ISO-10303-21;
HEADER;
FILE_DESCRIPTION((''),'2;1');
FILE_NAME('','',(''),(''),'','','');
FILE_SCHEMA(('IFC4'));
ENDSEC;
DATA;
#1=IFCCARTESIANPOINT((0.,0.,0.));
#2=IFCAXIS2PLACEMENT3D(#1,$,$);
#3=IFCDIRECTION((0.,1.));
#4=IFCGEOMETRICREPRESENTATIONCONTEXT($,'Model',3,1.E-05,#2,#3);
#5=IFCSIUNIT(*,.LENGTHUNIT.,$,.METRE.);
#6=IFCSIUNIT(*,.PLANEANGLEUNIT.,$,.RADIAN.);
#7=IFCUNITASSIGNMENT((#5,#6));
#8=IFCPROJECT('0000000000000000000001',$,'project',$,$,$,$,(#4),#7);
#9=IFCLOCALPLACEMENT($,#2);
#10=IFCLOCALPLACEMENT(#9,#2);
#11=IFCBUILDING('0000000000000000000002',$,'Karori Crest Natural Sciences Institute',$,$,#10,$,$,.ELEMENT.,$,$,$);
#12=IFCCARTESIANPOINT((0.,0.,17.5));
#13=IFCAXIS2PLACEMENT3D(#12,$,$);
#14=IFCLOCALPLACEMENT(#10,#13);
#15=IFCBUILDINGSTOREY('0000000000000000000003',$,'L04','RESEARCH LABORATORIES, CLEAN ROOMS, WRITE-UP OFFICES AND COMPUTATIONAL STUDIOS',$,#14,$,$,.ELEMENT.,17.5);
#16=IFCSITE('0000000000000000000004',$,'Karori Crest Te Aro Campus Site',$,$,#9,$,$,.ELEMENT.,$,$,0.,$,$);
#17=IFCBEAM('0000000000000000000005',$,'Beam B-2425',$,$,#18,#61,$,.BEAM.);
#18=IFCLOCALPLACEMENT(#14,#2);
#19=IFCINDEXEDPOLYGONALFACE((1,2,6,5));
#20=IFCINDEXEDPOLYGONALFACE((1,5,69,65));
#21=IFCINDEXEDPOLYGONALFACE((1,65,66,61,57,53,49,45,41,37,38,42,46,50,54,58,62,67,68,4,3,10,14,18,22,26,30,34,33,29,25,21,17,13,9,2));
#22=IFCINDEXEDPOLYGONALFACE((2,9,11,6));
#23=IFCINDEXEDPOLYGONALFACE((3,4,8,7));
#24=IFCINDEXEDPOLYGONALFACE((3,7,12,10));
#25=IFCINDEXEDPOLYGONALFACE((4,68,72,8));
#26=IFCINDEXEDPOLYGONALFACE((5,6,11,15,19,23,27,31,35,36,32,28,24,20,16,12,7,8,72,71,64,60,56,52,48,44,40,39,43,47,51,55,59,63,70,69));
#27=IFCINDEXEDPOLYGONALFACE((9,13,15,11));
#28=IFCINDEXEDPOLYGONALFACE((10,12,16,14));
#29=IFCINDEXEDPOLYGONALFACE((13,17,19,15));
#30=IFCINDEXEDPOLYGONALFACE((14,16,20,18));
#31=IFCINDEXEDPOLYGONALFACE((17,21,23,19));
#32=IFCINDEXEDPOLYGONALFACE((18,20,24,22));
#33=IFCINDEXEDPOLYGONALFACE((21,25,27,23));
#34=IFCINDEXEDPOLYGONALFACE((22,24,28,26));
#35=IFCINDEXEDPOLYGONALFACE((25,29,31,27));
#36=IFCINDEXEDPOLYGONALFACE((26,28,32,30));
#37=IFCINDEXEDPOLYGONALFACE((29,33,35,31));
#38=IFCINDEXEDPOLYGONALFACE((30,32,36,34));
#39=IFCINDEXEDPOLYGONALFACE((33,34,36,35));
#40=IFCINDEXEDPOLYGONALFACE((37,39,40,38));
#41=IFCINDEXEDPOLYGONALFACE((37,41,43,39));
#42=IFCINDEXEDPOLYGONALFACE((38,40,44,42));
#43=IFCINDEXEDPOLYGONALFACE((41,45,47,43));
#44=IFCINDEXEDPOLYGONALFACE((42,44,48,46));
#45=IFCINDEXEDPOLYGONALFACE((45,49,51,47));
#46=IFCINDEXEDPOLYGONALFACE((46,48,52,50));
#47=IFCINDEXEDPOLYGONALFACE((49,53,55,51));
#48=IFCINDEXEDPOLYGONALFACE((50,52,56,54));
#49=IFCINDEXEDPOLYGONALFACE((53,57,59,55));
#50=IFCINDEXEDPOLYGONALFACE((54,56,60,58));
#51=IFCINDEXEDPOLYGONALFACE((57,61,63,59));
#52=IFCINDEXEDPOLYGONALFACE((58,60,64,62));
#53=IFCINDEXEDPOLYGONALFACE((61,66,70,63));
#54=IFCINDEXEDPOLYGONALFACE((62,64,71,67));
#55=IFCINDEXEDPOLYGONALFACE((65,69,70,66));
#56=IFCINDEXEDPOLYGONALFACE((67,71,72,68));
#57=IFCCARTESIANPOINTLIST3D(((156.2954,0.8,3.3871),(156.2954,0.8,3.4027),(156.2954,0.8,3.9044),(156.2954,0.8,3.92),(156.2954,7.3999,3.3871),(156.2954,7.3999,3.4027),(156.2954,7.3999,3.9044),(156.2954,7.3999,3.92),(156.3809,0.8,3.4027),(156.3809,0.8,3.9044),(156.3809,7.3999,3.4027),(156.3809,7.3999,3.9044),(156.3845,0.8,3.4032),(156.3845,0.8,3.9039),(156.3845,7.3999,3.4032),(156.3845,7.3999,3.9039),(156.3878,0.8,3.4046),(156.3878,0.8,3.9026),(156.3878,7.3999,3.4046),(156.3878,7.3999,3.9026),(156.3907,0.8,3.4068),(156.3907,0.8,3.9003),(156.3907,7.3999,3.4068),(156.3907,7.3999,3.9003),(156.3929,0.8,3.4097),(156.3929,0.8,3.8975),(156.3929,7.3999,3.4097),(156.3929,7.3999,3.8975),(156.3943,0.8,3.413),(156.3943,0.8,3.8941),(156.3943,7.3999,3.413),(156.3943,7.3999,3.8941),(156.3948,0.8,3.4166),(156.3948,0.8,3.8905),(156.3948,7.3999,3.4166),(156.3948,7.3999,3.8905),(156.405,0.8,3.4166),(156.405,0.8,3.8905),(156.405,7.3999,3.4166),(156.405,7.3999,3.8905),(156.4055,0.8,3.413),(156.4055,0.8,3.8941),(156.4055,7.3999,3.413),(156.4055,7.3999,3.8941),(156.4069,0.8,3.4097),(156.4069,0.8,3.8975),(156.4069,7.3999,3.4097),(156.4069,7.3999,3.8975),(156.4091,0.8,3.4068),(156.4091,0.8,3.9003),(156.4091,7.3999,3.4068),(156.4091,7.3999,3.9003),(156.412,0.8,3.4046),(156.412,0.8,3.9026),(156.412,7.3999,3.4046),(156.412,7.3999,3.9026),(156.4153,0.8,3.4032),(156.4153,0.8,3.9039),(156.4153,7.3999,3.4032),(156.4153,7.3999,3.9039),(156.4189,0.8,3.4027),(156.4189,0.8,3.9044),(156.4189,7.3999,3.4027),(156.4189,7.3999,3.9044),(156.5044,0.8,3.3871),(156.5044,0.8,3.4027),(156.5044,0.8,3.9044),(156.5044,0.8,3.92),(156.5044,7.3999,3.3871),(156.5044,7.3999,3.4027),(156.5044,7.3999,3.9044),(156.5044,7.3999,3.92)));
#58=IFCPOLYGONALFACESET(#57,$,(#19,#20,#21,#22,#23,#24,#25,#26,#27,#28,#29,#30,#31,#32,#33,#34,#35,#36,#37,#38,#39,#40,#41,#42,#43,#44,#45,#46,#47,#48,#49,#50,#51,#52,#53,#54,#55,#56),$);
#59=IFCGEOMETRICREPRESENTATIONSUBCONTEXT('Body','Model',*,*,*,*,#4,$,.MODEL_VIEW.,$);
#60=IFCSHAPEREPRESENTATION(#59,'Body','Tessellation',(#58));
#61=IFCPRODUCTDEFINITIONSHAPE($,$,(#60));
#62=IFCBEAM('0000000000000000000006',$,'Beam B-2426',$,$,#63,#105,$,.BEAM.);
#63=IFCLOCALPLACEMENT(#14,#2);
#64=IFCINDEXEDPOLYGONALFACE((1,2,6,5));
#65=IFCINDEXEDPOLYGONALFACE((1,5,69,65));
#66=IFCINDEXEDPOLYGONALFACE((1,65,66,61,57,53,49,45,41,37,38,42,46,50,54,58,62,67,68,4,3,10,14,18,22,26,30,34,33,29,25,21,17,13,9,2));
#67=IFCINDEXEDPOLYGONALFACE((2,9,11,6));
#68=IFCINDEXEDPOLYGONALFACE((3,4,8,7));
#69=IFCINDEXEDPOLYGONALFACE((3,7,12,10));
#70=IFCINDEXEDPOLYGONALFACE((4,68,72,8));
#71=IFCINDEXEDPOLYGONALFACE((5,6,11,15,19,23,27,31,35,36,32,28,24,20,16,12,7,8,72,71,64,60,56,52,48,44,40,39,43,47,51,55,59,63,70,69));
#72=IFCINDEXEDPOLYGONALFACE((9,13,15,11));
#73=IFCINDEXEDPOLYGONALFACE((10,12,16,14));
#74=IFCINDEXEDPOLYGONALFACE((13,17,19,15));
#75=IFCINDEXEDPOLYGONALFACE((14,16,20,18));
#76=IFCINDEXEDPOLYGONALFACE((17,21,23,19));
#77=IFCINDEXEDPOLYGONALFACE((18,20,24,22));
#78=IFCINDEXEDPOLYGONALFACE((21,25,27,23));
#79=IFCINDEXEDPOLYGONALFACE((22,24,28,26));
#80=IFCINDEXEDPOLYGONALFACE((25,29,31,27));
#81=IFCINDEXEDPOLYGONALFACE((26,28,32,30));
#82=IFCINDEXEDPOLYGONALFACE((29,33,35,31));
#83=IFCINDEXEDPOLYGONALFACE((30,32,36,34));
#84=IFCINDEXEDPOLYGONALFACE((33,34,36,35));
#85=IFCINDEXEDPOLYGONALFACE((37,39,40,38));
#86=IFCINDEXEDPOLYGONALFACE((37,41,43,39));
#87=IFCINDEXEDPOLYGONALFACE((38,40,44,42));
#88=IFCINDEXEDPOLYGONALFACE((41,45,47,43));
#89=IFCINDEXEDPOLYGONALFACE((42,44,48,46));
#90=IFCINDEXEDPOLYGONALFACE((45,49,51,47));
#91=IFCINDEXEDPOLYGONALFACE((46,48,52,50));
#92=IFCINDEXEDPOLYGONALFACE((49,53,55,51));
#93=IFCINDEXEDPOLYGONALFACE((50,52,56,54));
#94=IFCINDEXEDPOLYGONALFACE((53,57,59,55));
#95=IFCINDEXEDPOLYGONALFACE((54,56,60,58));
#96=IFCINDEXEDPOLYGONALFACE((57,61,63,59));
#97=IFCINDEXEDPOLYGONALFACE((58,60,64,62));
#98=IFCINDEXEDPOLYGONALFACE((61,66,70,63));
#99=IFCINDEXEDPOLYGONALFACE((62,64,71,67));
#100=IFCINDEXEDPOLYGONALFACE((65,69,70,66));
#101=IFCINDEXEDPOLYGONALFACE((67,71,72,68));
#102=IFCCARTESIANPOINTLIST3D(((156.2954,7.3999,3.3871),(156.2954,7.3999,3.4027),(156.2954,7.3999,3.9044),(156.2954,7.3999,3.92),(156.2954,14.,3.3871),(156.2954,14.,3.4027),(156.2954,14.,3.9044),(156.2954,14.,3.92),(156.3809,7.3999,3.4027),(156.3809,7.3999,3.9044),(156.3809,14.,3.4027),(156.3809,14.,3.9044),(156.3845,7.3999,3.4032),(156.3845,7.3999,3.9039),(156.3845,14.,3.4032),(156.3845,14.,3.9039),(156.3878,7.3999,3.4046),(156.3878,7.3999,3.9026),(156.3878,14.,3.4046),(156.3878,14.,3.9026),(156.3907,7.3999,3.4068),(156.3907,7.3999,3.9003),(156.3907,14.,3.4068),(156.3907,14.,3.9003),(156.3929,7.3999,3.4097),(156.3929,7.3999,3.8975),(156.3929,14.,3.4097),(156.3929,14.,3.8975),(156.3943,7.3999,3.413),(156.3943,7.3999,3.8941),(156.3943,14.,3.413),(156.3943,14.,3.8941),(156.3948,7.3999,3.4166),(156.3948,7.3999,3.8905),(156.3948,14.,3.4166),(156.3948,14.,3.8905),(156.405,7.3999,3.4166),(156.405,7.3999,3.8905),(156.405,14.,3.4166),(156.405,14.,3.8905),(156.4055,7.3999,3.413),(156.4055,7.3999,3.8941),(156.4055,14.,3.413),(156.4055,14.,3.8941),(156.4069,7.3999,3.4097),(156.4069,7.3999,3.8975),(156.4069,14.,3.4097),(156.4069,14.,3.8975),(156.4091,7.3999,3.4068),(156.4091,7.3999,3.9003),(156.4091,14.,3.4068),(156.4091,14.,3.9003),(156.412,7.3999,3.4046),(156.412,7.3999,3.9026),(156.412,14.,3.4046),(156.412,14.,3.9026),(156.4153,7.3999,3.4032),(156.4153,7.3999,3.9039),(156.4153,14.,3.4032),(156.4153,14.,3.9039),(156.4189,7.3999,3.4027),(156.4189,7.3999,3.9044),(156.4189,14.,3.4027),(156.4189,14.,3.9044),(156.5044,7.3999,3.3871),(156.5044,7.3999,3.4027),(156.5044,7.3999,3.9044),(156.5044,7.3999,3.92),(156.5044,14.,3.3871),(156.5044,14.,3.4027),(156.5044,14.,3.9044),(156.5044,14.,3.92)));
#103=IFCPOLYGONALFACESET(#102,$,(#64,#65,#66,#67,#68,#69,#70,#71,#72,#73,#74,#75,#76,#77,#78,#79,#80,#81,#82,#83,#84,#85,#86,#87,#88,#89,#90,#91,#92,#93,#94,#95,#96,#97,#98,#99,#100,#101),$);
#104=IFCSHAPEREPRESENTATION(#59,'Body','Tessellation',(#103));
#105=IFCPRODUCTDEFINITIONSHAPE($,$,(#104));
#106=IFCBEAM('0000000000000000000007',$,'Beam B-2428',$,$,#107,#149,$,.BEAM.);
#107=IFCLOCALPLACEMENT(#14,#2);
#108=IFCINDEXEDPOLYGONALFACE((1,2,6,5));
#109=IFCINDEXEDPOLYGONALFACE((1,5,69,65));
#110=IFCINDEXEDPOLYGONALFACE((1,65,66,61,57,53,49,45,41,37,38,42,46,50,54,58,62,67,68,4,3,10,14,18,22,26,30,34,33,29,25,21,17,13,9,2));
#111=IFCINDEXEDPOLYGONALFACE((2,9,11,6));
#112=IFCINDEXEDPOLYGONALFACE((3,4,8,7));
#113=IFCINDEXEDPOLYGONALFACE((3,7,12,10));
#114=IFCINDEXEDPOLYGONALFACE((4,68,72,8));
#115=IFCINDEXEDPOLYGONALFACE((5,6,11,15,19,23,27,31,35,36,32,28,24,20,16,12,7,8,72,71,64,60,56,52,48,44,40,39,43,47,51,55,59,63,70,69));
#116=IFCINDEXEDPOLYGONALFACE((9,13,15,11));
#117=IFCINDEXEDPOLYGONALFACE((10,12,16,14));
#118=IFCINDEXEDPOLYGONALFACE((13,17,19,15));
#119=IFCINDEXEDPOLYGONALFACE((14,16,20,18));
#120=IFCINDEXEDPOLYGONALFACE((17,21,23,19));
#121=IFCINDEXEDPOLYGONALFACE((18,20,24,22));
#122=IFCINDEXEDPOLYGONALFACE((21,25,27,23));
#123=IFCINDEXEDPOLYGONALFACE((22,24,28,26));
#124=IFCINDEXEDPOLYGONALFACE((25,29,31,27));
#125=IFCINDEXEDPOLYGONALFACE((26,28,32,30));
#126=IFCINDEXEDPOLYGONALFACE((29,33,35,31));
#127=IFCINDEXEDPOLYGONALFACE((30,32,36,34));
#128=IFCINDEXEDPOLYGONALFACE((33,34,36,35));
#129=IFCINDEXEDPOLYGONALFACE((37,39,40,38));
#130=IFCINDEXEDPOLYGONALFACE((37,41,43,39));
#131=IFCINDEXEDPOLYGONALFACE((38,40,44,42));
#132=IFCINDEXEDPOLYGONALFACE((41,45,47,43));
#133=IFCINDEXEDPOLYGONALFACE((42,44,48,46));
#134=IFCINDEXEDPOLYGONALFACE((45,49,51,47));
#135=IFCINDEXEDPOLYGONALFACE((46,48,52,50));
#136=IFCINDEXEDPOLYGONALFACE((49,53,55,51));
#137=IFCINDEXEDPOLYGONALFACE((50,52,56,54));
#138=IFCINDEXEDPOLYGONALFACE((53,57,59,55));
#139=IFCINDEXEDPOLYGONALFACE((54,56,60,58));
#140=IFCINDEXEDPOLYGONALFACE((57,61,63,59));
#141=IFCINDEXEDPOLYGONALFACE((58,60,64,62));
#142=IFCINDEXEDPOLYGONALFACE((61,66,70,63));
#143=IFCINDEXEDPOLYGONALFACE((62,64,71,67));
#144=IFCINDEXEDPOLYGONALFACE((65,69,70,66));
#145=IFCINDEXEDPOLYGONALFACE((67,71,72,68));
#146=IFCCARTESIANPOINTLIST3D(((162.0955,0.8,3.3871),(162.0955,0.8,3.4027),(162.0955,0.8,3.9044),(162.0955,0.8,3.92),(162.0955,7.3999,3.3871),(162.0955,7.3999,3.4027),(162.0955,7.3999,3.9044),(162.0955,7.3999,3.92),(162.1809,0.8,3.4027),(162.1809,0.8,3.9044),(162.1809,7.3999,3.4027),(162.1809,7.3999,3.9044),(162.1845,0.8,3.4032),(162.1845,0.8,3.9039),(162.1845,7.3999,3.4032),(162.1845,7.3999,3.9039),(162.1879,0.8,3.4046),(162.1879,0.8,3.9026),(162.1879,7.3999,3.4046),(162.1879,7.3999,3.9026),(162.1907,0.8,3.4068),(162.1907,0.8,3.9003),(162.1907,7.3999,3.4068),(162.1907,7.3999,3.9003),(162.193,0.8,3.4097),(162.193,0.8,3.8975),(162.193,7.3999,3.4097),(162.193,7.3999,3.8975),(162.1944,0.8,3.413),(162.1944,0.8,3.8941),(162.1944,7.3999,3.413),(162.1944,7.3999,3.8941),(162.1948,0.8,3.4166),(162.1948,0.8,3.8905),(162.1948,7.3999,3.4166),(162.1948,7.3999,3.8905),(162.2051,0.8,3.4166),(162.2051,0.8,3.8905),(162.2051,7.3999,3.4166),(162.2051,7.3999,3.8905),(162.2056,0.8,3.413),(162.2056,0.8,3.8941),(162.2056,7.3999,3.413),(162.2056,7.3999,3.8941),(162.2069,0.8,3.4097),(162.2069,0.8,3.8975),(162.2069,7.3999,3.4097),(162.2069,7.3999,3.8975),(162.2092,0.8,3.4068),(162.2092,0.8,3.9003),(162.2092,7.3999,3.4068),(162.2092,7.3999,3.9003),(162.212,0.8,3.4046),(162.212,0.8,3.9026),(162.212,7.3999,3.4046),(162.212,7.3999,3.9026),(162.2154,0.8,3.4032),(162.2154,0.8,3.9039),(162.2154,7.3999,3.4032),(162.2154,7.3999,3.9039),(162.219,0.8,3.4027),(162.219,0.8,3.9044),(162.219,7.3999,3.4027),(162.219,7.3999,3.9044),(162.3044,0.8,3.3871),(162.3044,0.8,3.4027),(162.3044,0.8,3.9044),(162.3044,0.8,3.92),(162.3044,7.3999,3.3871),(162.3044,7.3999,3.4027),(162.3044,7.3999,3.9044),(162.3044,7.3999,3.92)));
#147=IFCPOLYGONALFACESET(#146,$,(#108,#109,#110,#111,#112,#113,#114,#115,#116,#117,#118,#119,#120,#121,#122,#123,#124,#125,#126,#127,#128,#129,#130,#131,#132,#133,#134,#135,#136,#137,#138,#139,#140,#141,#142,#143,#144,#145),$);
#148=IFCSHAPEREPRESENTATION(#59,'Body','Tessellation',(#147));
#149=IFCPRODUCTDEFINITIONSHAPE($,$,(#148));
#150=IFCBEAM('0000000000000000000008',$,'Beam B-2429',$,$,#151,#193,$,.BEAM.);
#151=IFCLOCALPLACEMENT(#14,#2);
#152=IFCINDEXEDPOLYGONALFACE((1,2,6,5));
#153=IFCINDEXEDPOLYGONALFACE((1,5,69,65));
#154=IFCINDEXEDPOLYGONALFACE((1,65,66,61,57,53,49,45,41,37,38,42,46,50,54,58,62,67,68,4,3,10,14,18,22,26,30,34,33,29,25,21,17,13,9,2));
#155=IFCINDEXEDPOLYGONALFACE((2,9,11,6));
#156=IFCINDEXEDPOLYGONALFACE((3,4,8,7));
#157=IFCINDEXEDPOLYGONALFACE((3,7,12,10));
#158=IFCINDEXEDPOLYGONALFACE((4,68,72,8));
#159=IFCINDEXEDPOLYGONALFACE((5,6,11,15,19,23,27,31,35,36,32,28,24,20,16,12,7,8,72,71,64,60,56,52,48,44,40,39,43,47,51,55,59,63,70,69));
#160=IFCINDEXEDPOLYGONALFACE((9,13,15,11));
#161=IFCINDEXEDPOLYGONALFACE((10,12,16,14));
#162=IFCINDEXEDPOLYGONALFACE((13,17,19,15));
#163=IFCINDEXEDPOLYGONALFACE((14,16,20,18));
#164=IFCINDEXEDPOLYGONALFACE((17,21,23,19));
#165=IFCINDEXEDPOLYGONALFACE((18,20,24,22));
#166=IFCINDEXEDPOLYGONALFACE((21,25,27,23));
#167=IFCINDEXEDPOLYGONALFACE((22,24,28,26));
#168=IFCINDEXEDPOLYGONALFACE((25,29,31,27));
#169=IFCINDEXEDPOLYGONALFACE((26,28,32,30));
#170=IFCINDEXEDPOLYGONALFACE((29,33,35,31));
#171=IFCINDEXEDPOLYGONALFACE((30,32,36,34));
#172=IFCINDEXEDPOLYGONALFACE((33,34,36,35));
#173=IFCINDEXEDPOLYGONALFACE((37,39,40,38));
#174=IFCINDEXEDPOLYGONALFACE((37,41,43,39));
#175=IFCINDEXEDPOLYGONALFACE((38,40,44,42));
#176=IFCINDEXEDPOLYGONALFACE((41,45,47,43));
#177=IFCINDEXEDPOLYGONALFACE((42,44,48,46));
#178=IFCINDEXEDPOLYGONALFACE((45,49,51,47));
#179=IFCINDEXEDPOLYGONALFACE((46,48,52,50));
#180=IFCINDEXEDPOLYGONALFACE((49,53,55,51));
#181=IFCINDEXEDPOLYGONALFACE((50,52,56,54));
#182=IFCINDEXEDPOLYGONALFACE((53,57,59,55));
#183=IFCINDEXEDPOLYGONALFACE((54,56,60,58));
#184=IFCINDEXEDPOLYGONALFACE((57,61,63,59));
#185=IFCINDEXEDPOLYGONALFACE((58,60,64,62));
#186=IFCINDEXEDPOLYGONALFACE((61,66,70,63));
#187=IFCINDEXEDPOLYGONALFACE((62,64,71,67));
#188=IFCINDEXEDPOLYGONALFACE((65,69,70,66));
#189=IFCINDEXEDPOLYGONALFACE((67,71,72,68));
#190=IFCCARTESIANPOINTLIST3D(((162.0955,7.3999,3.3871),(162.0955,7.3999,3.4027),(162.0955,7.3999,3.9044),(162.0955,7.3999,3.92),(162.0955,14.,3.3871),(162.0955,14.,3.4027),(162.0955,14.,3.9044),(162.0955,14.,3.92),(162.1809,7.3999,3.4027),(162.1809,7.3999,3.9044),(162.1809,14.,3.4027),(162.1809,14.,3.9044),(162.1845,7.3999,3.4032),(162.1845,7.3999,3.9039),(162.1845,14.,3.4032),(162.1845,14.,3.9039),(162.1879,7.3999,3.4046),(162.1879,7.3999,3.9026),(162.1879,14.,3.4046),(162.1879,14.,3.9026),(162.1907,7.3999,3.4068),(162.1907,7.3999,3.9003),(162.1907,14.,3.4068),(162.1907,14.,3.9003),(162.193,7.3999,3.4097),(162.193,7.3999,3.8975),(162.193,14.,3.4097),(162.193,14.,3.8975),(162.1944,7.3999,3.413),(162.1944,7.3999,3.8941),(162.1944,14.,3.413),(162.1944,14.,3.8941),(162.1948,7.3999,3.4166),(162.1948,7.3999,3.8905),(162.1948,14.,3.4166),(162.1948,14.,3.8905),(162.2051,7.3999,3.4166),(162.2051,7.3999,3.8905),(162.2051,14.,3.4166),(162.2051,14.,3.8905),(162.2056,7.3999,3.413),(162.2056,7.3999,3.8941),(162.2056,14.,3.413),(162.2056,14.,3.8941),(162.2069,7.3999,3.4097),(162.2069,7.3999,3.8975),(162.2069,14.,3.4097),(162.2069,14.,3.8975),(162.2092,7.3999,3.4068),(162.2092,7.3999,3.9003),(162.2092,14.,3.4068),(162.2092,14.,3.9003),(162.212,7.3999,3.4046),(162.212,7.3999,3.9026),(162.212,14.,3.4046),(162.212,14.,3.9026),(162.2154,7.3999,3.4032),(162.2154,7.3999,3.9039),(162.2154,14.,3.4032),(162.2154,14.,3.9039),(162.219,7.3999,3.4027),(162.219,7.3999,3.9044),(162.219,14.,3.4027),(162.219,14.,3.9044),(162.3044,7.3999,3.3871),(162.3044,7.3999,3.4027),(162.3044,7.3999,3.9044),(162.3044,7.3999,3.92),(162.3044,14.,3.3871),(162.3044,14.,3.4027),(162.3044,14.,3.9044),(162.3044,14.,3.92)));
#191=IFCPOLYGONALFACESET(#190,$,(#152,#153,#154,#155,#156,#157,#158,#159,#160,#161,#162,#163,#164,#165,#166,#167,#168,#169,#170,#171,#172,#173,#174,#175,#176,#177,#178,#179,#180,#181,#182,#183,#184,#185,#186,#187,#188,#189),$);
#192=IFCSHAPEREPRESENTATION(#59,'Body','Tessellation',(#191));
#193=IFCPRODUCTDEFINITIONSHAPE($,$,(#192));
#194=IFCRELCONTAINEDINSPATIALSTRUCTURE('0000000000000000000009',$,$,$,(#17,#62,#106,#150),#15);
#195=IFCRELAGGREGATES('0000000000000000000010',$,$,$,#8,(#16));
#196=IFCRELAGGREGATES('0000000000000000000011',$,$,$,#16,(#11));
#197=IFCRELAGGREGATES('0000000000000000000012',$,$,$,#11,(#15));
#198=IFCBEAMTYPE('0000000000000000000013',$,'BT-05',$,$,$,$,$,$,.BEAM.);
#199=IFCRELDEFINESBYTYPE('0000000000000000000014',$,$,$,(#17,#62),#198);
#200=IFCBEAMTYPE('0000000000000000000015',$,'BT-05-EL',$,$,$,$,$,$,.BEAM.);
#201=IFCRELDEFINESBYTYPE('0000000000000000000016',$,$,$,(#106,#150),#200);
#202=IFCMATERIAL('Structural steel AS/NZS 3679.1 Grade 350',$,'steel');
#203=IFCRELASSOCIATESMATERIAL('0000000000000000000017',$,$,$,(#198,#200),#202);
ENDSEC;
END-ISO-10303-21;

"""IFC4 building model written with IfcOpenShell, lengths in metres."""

from ifc_helpers import new_model, si_unit, direction, frame, origin, origin_2d, place, context, subcontext, project, spatial, i_section, extrude, material, material_profile, profile_set, type_object, element, save


model = new_model("IFC4")

# Units and contexts
model_context = context("Model", 3, precision=1e-05, world=origin(), true_north=direction((0.0, 1.0)))
body_context = subcontext(model_context, "Body", "Model", "MODEL_VIEW")
ifc_project = project(units=[si_unit("LENGTHUNIT", "METRE"), si_unit("PLANEANGLEUNIT", "RADIAN")], contexts=[model_context])

# Site, building, storey
site_placement = place(None, origin())
site = spatial("IfcSite", under=ifc_project, at=site_placement, Name="Karori Crest Te Aro Campus Site", CompositionType="ELEMENT", RefElevation=0.0)
building_placement = place(site_placement, origin())
building = spatial("IfcBuilding", under=site, at=building_placement, Name="Karori Crest Natural Sciences Institute", CompositionType="ELEMENT")
storey_placement = place(building_placement, frame((0.0, 0.0, 17.5)))
storey = spatial("IfcBuildingStorey", under=building, at=storey_placement, Name="L04", Description="RESEARCH LABORATORIES, CLEAN ROOMS, WRITE-UP OFFICES AND COMPUTATIONAL STUDIOS", CompositionType="ELEMENT", Elevation=17.5)

# Shared definitions
ifc_material_1 = material(Name="Structural steel AS/NZS 3679.1 Grade 350", Category="steel")

# Beams
ifc_material_profile_1 = material_profile(ifc_material_1, i_section(OverallWidth=0.209, OverallDepth=0.533, WebThickness=0.0103, FlangeThickness=0.0156, FilletRadius=0.0139, at=origin_2d()), Name="530UB92.4")
ifc_profile_set_1 = profile_set([ifc_material_profile_1], Name="Structural steel AS/NZS 3679.1 Grade 350")
beam_type_1 = type_object("IfcBeamType", Name="BT-05", PredefinedType="BEAM", material=ifc_profile_set_1)
beam_1_placement = place(storey_placement, frame((156.3999, 0.8, 3.6536), z_axis=(0.0, 1.0, 0.0), x_axis=(-1.0, 0.0, 0.0)))
element("IfcBeam", 1, at=beam_1_placement, inside=storey, type_object=beam_type_1, Name="Beam B-2425", PredefinedType="BEAM", context=body_context, shape_type="SweptSolid", body=[
    extrude(i_section(OverallWidth=0.209, OverallDepth=0.533, WebThickness=0.0103, FlangeThickness=0.0156, FilletRadius=0.0139, at=origin_2d()), origin(), (0.0, 0.0, 1.0), 6.5999),
])
beam_2_placement = place(storey_placement, frame((156.3999, 7.3999, 3.6536), z_axis=(0.0, 1.0, 0.0), x_axis=(-1.0, 0.0, 0.0)))
element("IfcBeam", 2, at=beam_2_placement, inside=storey, type_object=beam_type_1, Name="Beam B-2426", PredefinedType="BEAM", context=body_context, shape_type="SweptSolid", body=[
    extrude(i_section(OverallWidth=0.209, OverallDepth=0.533, WebThickness=0.0103, FlangeThickness=0.0156, FilletRadius=0.0139, at=origin_2d()), origin(), (0.0, 0.0, 1.0), 6.6001),
])
ifc_material_profile_2 = material_profile(ifc_material_1, i_section(OverallWidth=0.209, OverallDepth=0.533, WebThickness=0.0103, FlangeThickness=0.0156, FilletRadius=0.0139, at=origin_2d()), Name="530UB92.4")
ifc_profile_set_2 = profile_set([ifc_material_profile_2], Name="Structural steel AS/NZS 3679.1 Grade 350")
beam_type_2 = type_object("IfcBeamType", Name="BT-05-EL", PredefinedType="BEAM", material=ifc_profile_set_2)
beam_3_placement = place(storey_placement, frame((162.2, 0.8, 3.6536), z_axis=(0.0, 1.0, 0.0), x_axis=(-1.0, 0.0, 0.0)))
element("IfcBeam", 3, at=beam_3_placement, inside=storey, type_object=beam_type_2, Name="Beam B-2428", PredefinedType="BEAM", context=body_context, shape_type="SweptSolid", body=[
    extrude(i_section(OverallWidth=0.209, OverallDepth=0.533, WebThickness=0.0103, FlangeThickness=0.0156, FilletRadius=0.0139, at=origin_2d()), origin(), (0.0, 0.0, 1.0), 6.5999),
])
beam_4_placement = place(storey_placement, frame((162.2, 7.3999, 3.6536), z_axis=(0.0, 1.0, 0.0), x_axis=(-1.0, 0.0, 0.0)))
element("IfcBeam", 4, at=beam_4_placement, inside=storey, type_object=beam_type_2, Name="Beam B-2429", PredefinedType="BEAM", context=body_context, shape_type="SweptSolid", body=[
    extrude(i_section(OverallWidth=0.209, OverallDepth=0.533, WebThickness=0.0103, FlangeThickness=0.0156, FilletRadius=0.0139, at=origin_2d()), origin(), (0.0, 0.0, 1.0), 6.6001),
])

save(model, "model.ifc")
